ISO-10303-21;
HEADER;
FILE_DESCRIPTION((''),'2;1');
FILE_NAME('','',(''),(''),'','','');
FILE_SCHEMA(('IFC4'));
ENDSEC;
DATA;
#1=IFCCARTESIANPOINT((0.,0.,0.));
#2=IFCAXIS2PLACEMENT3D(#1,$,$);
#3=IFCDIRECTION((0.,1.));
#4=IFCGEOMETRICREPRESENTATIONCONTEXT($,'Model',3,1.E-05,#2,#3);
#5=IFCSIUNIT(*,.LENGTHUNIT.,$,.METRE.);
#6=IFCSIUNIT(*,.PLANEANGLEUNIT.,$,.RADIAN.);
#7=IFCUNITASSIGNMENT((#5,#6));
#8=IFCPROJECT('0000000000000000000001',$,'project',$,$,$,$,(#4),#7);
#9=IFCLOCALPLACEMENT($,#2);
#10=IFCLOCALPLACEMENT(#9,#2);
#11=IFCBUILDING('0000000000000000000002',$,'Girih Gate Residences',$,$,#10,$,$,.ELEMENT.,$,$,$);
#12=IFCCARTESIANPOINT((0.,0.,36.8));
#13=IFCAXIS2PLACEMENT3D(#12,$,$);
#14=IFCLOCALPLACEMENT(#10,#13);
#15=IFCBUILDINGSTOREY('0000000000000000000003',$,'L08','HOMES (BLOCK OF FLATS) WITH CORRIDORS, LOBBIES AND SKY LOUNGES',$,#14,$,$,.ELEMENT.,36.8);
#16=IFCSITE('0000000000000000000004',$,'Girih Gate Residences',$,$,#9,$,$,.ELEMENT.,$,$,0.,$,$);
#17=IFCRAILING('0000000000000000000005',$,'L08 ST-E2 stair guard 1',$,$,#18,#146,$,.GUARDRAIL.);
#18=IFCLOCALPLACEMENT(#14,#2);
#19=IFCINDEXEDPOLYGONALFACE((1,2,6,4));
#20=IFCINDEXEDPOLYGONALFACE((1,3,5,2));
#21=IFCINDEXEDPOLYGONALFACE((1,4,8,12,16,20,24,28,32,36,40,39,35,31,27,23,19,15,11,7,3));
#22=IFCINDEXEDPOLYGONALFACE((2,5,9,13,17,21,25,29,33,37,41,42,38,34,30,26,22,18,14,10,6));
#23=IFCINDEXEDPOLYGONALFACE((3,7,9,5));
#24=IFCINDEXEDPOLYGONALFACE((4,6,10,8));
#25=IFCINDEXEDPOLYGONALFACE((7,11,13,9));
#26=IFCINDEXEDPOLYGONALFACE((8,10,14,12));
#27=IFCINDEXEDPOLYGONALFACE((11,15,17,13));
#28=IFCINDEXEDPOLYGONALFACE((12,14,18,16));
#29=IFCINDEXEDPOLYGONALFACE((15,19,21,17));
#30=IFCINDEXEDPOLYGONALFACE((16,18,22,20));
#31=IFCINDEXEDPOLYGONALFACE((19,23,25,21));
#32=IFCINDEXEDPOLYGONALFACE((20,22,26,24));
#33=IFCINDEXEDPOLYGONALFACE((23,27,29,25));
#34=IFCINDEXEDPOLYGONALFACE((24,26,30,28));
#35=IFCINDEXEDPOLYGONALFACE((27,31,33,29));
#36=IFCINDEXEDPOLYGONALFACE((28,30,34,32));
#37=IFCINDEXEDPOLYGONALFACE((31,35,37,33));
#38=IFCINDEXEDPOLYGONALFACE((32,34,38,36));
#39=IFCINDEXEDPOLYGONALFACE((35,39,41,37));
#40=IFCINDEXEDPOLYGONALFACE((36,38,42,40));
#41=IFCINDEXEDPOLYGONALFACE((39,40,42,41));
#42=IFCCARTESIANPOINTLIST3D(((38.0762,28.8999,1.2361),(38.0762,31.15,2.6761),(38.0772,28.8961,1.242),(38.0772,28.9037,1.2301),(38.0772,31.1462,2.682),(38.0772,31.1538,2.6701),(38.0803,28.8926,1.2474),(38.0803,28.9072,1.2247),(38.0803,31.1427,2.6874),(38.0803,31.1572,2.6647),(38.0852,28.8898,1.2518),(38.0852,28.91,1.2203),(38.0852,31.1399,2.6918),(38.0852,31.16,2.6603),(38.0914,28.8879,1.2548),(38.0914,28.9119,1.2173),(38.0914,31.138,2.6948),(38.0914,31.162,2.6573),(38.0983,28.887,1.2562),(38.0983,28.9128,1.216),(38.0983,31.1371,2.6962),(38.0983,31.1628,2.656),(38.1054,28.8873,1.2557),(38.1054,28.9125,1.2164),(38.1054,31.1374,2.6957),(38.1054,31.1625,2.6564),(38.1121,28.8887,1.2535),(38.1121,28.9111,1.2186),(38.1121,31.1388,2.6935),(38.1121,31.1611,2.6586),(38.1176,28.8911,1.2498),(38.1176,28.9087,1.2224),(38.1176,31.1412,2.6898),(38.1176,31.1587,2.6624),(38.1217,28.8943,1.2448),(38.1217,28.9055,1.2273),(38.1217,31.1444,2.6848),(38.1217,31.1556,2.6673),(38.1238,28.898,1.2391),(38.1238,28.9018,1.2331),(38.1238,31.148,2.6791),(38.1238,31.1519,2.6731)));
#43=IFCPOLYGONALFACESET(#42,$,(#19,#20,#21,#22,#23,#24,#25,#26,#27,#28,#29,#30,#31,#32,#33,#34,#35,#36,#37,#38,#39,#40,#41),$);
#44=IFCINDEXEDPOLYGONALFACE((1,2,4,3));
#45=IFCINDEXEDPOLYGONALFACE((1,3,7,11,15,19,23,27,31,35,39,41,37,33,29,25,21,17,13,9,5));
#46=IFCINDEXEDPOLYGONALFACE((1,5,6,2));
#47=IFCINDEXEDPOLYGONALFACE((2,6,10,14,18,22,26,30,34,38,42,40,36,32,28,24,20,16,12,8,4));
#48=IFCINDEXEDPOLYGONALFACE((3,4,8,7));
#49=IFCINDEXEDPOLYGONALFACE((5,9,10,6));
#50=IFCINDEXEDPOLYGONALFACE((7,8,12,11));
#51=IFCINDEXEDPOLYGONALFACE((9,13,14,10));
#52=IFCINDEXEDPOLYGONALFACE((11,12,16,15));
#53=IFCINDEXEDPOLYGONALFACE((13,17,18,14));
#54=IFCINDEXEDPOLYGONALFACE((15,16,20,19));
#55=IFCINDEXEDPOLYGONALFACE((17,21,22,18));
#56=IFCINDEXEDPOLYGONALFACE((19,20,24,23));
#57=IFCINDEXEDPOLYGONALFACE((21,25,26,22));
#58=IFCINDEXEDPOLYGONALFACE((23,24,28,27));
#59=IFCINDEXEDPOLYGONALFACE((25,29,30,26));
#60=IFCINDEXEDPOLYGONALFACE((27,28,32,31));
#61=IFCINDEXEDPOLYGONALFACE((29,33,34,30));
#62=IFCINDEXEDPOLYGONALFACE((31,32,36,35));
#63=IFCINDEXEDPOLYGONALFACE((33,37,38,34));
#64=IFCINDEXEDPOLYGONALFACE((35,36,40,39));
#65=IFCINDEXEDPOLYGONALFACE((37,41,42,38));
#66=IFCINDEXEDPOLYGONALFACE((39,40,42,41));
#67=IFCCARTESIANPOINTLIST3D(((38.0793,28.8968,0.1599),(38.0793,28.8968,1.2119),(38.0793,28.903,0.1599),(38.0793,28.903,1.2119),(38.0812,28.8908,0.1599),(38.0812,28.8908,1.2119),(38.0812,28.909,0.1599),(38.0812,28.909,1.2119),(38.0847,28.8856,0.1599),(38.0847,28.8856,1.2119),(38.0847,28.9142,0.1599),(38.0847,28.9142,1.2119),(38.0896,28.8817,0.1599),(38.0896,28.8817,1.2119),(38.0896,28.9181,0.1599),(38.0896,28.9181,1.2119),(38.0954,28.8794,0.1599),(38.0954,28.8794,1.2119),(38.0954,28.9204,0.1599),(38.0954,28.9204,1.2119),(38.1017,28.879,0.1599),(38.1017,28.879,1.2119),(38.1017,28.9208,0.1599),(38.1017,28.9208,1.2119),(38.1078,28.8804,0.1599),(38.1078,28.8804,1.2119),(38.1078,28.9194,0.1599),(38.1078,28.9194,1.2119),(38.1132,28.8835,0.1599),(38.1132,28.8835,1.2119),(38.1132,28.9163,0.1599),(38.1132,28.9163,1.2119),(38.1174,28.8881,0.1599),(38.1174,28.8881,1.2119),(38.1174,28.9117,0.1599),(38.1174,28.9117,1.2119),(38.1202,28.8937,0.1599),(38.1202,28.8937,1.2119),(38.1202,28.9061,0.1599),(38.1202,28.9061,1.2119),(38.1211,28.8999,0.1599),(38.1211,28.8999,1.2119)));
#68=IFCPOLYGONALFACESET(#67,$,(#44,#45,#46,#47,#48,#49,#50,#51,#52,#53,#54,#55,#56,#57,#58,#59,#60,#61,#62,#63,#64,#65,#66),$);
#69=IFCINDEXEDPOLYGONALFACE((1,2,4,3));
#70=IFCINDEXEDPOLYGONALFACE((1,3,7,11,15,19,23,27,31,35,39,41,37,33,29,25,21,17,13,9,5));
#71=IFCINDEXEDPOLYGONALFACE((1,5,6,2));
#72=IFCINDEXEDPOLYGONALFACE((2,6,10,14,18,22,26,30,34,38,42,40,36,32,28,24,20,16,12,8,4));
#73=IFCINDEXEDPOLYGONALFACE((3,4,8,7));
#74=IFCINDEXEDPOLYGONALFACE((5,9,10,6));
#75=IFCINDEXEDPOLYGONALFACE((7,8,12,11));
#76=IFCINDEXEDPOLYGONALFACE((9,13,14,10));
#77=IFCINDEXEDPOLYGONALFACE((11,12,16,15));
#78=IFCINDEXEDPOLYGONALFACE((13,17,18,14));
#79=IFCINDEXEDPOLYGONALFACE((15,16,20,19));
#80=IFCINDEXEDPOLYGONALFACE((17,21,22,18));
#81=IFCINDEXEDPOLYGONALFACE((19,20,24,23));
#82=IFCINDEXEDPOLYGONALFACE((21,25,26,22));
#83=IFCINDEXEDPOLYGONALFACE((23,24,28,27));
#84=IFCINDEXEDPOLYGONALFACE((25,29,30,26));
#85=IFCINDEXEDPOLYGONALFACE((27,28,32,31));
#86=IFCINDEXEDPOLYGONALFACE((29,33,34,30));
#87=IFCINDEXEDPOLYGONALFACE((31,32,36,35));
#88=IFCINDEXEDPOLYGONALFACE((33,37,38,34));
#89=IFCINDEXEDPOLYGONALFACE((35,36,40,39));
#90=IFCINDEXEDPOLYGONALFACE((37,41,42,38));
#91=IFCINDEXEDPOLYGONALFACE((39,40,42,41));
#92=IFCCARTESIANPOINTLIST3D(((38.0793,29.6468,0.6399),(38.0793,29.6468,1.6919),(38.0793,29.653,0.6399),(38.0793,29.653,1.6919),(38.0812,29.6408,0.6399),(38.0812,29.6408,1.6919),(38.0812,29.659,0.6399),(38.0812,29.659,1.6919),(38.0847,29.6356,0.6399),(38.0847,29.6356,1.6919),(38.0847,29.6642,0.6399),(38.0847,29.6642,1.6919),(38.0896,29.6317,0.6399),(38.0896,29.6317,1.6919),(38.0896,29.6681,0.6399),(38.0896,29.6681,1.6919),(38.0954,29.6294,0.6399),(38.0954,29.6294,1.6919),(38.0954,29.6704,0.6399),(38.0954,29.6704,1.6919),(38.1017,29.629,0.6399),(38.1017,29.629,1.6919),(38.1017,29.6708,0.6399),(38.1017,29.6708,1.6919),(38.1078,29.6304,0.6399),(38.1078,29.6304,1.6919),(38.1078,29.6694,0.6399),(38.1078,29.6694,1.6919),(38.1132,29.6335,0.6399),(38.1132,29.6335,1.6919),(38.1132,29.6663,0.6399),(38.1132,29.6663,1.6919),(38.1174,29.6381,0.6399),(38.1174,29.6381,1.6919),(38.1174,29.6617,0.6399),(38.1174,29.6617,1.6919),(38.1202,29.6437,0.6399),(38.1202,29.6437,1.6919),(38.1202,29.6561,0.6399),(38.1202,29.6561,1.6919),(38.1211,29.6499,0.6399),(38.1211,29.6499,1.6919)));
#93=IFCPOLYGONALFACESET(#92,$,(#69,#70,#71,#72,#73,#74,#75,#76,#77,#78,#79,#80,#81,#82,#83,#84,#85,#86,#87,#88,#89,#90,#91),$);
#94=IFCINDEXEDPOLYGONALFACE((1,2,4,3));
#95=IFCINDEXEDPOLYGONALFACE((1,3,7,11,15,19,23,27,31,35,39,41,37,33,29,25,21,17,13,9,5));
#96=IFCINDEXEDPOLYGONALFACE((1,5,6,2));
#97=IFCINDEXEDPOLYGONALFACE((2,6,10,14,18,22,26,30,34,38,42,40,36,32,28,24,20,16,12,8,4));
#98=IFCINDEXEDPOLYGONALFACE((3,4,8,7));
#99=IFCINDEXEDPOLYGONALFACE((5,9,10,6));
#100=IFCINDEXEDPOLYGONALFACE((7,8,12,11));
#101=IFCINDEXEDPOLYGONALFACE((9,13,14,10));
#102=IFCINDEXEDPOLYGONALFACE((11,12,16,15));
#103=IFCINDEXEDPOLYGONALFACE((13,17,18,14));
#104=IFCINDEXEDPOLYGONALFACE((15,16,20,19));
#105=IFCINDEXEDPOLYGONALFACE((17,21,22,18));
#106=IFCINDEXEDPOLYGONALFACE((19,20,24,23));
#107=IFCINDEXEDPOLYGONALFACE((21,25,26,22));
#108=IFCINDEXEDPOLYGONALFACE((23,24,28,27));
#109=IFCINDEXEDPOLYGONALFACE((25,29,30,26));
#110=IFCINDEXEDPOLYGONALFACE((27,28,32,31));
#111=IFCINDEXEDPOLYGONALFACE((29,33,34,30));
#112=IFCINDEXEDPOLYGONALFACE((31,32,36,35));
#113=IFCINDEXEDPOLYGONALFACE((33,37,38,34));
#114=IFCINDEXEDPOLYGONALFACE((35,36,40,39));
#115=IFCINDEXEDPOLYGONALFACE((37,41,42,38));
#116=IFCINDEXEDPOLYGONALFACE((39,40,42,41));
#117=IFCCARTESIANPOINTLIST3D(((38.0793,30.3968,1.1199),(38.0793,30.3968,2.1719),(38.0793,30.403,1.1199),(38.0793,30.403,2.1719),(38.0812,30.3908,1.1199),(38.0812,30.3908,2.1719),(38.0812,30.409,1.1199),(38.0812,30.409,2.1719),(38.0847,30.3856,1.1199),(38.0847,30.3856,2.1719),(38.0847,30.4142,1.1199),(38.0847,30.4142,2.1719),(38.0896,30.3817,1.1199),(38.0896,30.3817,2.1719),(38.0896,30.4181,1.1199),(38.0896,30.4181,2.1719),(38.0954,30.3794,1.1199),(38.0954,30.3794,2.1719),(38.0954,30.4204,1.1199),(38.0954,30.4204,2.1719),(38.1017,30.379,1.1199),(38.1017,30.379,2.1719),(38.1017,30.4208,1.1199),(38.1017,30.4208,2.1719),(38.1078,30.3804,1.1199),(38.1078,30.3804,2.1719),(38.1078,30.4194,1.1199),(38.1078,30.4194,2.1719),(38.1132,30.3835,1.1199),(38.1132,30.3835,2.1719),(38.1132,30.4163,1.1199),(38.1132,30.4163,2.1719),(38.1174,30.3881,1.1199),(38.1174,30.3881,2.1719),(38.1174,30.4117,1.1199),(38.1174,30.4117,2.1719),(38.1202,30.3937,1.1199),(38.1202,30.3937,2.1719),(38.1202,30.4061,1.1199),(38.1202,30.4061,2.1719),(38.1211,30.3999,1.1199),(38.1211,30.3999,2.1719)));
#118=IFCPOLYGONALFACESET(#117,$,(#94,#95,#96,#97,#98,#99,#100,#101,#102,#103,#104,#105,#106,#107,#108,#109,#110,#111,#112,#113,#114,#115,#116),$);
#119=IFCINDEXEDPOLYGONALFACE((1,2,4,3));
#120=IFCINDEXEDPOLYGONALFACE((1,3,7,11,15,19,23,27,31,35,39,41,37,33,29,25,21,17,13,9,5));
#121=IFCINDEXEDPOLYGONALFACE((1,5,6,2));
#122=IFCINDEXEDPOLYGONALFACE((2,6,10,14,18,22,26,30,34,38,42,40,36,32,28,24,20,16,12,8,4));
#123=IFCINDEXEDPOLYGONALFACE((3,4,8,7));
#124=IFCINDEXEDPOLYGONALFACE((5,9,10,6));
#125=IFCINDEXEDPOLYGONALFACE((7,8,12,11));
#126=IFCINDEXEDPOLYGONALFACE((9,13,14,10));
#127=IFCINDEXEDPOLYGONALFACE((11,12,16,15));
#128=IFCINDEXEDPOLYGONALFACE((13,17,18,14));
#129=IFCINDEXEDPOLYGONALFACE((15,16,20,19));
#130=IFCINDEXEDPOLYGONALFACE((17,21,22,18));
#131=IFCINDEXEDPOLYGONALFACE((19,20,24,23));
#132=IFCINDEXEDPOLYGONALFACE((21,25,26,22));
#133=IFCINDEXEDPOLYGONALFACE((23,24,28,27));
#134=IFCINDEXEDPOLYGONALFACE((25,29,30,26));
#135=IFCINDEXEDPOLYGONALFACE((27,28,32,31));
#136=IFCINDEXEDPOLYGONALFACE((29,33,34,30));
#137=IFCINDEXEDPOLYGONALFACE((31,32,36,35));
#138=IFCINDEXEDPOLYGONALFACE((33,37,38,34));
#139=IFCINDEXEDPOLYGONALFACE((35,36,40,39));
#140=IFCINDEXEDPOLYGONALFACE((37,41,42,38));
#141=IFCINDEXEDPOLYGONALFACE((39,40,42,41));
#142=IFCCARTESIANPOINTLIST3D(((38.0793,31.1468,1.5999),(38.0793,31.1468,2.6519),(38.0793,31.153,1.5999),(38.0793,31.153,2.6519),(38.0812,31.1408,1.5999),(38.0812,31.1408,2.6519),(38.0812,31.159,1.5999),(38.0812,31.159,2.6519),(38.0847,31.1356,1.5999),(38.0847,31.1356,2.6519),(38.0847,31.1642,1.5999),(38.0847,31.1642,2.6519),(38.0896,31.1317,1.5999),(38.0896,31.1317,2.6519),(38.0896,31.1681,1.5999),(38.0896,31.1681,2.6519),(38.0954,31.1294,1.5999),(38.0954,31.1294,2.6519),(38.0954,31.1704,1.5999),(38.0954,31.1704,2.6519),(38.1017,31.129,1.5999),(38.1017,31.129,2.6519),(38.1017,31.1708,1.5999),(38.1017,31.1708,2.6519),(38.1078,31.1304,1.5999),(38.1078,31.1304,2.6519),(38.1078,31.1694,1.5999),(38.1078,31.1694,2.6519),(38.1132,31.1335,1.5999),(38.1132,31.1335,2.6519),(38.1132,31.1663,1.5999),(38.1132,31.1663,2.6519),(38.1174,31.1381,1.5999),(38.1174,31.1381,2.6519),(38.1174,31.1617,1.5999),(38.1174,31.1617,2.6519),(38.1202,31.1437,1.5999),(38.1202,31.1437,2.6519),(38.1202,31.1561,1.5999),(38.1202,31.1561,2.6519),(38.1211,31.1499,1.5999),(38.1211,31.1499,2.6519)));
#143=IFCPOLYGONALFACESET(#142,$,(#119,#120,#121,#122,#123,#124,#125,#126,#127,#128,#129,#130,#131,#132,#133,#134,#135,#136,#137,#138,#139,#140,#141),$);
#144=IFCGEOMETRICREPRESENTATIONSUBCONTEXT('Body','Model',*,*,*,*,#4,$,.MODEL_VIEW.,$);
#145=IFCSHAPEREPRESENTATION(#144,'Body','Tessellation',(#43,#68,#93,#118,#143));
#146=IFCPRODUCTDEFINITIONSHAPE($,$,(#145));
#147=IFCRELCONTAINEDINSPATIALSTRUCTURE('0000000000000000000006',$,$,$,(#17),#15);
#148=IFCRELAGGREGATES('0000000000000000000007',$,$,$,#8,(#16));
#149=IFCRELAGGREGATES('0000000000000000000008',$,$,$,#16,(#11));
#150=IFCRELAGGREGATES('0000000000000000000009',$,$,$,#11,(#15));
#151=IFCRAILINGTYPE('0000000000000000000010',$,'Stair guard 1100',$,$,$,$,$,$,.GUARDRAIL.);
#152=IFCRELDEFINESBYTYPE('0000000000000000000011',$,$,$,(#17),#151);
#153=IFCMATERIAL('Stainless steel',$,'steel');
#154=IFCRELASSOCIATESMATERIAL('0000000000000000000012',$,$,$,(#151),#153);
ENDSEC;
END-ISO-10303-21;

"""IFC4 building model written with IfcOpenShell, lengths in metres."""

from ifc_helpers import new_model, si_unit, direction, frame, origin, origin_2d, place, context, subcontext, project, spatial, circle, extrude, material, type_object, element, save


model = new_model("IFC4")

# Units and contexts
model_context = context("Model", 3, precision=1e-05, world=origin(), true_north=direction((0.0, 1.0)))
body_context = subcontext(model_context, "Body", "Model", "MODEL_VIEW")
ifc_project = project(units=[si_unit("LENGTHUNIT", "METRE"), si_unit("PLANEANGLEUNIT", "RADIAN")], contexts=[model_context])

# Site, building, storey
site_placement = place(None, origin())
site = spatial("IfcSite", under=ifc_project, at=site_placement, Name="Girih Gate Residences", CompositionType="ELEMENT", RefElevation=0.0)
building_placement = place(site_placement, origin())
building = spatial("IfcBuilding", under=site, at=building_placement, Name="Girih Gate Residences", CompositionType="ELEMENT")
storey_placement = place(building_placement, frame((0.0, 0.0, 36.8)))
storey = spatial("IfcBuildingStorey", under=building, at=storey_placement, Name="L08", Description="HOMES (BLOCK OF FLATS) WITH CORRIDORS, LOBBIES AND SKY LOUNGES", CompositionType="ELEMENT", Elevation=36.8)

# Shared definitions
ifc_material_1 = material(Name="Stainless steel", Category="steel")

# Railing
railing_type_1 = type_object("IfcRailingType", Name="Stair guard 1100", PredefinedType="GUARDRAIL", material=ifc_material_1)
railing_1_placement = place(storey_placement, frame((38.1001, 28.8999, 0.1599)))
element("IfcRailing", 1, at=railing_1_placement, inside=storey, type_object=railing_type_1, Name="L08 ST-E2 stair guard 1", PredefinedType="GUARDRAIL", context=body_context, shape_type="SweptSolid", body=[
    extrude(circle(Radius=0.0239, at=origin_2d()), frame((0.0, 0.0, 1.0762), z_axis=(0.0, 0.842281, 0.539038), x_axis=(-1.0, 0.0, 0.0)), (0.0, 0.0, 1.0), 2.6714),
    extrude(circle(Radius=0.021, at=origin_2d()), origin(), (0.0, 0.0, 1.0), 1.052),
    extrude(circle(Radius=0.021, at=origin_2d()), frame((0.0, 0.75, 0.48)), (0.0, 0.0, 1.0), 1.052),
    extrude(circle(Radius=0.021, at=origin_2d()), frame((0.0, 1.5, 0.96)), (0.0, 0.0, 1.0), 1.052),
    extrude(circle(Radius=0.021, at=origin_2d()), frame((0.0, 2.25, 1.4399)), (0.0, 0.0, 1.0), 1.052),
])

save(model, "model.ifc")
